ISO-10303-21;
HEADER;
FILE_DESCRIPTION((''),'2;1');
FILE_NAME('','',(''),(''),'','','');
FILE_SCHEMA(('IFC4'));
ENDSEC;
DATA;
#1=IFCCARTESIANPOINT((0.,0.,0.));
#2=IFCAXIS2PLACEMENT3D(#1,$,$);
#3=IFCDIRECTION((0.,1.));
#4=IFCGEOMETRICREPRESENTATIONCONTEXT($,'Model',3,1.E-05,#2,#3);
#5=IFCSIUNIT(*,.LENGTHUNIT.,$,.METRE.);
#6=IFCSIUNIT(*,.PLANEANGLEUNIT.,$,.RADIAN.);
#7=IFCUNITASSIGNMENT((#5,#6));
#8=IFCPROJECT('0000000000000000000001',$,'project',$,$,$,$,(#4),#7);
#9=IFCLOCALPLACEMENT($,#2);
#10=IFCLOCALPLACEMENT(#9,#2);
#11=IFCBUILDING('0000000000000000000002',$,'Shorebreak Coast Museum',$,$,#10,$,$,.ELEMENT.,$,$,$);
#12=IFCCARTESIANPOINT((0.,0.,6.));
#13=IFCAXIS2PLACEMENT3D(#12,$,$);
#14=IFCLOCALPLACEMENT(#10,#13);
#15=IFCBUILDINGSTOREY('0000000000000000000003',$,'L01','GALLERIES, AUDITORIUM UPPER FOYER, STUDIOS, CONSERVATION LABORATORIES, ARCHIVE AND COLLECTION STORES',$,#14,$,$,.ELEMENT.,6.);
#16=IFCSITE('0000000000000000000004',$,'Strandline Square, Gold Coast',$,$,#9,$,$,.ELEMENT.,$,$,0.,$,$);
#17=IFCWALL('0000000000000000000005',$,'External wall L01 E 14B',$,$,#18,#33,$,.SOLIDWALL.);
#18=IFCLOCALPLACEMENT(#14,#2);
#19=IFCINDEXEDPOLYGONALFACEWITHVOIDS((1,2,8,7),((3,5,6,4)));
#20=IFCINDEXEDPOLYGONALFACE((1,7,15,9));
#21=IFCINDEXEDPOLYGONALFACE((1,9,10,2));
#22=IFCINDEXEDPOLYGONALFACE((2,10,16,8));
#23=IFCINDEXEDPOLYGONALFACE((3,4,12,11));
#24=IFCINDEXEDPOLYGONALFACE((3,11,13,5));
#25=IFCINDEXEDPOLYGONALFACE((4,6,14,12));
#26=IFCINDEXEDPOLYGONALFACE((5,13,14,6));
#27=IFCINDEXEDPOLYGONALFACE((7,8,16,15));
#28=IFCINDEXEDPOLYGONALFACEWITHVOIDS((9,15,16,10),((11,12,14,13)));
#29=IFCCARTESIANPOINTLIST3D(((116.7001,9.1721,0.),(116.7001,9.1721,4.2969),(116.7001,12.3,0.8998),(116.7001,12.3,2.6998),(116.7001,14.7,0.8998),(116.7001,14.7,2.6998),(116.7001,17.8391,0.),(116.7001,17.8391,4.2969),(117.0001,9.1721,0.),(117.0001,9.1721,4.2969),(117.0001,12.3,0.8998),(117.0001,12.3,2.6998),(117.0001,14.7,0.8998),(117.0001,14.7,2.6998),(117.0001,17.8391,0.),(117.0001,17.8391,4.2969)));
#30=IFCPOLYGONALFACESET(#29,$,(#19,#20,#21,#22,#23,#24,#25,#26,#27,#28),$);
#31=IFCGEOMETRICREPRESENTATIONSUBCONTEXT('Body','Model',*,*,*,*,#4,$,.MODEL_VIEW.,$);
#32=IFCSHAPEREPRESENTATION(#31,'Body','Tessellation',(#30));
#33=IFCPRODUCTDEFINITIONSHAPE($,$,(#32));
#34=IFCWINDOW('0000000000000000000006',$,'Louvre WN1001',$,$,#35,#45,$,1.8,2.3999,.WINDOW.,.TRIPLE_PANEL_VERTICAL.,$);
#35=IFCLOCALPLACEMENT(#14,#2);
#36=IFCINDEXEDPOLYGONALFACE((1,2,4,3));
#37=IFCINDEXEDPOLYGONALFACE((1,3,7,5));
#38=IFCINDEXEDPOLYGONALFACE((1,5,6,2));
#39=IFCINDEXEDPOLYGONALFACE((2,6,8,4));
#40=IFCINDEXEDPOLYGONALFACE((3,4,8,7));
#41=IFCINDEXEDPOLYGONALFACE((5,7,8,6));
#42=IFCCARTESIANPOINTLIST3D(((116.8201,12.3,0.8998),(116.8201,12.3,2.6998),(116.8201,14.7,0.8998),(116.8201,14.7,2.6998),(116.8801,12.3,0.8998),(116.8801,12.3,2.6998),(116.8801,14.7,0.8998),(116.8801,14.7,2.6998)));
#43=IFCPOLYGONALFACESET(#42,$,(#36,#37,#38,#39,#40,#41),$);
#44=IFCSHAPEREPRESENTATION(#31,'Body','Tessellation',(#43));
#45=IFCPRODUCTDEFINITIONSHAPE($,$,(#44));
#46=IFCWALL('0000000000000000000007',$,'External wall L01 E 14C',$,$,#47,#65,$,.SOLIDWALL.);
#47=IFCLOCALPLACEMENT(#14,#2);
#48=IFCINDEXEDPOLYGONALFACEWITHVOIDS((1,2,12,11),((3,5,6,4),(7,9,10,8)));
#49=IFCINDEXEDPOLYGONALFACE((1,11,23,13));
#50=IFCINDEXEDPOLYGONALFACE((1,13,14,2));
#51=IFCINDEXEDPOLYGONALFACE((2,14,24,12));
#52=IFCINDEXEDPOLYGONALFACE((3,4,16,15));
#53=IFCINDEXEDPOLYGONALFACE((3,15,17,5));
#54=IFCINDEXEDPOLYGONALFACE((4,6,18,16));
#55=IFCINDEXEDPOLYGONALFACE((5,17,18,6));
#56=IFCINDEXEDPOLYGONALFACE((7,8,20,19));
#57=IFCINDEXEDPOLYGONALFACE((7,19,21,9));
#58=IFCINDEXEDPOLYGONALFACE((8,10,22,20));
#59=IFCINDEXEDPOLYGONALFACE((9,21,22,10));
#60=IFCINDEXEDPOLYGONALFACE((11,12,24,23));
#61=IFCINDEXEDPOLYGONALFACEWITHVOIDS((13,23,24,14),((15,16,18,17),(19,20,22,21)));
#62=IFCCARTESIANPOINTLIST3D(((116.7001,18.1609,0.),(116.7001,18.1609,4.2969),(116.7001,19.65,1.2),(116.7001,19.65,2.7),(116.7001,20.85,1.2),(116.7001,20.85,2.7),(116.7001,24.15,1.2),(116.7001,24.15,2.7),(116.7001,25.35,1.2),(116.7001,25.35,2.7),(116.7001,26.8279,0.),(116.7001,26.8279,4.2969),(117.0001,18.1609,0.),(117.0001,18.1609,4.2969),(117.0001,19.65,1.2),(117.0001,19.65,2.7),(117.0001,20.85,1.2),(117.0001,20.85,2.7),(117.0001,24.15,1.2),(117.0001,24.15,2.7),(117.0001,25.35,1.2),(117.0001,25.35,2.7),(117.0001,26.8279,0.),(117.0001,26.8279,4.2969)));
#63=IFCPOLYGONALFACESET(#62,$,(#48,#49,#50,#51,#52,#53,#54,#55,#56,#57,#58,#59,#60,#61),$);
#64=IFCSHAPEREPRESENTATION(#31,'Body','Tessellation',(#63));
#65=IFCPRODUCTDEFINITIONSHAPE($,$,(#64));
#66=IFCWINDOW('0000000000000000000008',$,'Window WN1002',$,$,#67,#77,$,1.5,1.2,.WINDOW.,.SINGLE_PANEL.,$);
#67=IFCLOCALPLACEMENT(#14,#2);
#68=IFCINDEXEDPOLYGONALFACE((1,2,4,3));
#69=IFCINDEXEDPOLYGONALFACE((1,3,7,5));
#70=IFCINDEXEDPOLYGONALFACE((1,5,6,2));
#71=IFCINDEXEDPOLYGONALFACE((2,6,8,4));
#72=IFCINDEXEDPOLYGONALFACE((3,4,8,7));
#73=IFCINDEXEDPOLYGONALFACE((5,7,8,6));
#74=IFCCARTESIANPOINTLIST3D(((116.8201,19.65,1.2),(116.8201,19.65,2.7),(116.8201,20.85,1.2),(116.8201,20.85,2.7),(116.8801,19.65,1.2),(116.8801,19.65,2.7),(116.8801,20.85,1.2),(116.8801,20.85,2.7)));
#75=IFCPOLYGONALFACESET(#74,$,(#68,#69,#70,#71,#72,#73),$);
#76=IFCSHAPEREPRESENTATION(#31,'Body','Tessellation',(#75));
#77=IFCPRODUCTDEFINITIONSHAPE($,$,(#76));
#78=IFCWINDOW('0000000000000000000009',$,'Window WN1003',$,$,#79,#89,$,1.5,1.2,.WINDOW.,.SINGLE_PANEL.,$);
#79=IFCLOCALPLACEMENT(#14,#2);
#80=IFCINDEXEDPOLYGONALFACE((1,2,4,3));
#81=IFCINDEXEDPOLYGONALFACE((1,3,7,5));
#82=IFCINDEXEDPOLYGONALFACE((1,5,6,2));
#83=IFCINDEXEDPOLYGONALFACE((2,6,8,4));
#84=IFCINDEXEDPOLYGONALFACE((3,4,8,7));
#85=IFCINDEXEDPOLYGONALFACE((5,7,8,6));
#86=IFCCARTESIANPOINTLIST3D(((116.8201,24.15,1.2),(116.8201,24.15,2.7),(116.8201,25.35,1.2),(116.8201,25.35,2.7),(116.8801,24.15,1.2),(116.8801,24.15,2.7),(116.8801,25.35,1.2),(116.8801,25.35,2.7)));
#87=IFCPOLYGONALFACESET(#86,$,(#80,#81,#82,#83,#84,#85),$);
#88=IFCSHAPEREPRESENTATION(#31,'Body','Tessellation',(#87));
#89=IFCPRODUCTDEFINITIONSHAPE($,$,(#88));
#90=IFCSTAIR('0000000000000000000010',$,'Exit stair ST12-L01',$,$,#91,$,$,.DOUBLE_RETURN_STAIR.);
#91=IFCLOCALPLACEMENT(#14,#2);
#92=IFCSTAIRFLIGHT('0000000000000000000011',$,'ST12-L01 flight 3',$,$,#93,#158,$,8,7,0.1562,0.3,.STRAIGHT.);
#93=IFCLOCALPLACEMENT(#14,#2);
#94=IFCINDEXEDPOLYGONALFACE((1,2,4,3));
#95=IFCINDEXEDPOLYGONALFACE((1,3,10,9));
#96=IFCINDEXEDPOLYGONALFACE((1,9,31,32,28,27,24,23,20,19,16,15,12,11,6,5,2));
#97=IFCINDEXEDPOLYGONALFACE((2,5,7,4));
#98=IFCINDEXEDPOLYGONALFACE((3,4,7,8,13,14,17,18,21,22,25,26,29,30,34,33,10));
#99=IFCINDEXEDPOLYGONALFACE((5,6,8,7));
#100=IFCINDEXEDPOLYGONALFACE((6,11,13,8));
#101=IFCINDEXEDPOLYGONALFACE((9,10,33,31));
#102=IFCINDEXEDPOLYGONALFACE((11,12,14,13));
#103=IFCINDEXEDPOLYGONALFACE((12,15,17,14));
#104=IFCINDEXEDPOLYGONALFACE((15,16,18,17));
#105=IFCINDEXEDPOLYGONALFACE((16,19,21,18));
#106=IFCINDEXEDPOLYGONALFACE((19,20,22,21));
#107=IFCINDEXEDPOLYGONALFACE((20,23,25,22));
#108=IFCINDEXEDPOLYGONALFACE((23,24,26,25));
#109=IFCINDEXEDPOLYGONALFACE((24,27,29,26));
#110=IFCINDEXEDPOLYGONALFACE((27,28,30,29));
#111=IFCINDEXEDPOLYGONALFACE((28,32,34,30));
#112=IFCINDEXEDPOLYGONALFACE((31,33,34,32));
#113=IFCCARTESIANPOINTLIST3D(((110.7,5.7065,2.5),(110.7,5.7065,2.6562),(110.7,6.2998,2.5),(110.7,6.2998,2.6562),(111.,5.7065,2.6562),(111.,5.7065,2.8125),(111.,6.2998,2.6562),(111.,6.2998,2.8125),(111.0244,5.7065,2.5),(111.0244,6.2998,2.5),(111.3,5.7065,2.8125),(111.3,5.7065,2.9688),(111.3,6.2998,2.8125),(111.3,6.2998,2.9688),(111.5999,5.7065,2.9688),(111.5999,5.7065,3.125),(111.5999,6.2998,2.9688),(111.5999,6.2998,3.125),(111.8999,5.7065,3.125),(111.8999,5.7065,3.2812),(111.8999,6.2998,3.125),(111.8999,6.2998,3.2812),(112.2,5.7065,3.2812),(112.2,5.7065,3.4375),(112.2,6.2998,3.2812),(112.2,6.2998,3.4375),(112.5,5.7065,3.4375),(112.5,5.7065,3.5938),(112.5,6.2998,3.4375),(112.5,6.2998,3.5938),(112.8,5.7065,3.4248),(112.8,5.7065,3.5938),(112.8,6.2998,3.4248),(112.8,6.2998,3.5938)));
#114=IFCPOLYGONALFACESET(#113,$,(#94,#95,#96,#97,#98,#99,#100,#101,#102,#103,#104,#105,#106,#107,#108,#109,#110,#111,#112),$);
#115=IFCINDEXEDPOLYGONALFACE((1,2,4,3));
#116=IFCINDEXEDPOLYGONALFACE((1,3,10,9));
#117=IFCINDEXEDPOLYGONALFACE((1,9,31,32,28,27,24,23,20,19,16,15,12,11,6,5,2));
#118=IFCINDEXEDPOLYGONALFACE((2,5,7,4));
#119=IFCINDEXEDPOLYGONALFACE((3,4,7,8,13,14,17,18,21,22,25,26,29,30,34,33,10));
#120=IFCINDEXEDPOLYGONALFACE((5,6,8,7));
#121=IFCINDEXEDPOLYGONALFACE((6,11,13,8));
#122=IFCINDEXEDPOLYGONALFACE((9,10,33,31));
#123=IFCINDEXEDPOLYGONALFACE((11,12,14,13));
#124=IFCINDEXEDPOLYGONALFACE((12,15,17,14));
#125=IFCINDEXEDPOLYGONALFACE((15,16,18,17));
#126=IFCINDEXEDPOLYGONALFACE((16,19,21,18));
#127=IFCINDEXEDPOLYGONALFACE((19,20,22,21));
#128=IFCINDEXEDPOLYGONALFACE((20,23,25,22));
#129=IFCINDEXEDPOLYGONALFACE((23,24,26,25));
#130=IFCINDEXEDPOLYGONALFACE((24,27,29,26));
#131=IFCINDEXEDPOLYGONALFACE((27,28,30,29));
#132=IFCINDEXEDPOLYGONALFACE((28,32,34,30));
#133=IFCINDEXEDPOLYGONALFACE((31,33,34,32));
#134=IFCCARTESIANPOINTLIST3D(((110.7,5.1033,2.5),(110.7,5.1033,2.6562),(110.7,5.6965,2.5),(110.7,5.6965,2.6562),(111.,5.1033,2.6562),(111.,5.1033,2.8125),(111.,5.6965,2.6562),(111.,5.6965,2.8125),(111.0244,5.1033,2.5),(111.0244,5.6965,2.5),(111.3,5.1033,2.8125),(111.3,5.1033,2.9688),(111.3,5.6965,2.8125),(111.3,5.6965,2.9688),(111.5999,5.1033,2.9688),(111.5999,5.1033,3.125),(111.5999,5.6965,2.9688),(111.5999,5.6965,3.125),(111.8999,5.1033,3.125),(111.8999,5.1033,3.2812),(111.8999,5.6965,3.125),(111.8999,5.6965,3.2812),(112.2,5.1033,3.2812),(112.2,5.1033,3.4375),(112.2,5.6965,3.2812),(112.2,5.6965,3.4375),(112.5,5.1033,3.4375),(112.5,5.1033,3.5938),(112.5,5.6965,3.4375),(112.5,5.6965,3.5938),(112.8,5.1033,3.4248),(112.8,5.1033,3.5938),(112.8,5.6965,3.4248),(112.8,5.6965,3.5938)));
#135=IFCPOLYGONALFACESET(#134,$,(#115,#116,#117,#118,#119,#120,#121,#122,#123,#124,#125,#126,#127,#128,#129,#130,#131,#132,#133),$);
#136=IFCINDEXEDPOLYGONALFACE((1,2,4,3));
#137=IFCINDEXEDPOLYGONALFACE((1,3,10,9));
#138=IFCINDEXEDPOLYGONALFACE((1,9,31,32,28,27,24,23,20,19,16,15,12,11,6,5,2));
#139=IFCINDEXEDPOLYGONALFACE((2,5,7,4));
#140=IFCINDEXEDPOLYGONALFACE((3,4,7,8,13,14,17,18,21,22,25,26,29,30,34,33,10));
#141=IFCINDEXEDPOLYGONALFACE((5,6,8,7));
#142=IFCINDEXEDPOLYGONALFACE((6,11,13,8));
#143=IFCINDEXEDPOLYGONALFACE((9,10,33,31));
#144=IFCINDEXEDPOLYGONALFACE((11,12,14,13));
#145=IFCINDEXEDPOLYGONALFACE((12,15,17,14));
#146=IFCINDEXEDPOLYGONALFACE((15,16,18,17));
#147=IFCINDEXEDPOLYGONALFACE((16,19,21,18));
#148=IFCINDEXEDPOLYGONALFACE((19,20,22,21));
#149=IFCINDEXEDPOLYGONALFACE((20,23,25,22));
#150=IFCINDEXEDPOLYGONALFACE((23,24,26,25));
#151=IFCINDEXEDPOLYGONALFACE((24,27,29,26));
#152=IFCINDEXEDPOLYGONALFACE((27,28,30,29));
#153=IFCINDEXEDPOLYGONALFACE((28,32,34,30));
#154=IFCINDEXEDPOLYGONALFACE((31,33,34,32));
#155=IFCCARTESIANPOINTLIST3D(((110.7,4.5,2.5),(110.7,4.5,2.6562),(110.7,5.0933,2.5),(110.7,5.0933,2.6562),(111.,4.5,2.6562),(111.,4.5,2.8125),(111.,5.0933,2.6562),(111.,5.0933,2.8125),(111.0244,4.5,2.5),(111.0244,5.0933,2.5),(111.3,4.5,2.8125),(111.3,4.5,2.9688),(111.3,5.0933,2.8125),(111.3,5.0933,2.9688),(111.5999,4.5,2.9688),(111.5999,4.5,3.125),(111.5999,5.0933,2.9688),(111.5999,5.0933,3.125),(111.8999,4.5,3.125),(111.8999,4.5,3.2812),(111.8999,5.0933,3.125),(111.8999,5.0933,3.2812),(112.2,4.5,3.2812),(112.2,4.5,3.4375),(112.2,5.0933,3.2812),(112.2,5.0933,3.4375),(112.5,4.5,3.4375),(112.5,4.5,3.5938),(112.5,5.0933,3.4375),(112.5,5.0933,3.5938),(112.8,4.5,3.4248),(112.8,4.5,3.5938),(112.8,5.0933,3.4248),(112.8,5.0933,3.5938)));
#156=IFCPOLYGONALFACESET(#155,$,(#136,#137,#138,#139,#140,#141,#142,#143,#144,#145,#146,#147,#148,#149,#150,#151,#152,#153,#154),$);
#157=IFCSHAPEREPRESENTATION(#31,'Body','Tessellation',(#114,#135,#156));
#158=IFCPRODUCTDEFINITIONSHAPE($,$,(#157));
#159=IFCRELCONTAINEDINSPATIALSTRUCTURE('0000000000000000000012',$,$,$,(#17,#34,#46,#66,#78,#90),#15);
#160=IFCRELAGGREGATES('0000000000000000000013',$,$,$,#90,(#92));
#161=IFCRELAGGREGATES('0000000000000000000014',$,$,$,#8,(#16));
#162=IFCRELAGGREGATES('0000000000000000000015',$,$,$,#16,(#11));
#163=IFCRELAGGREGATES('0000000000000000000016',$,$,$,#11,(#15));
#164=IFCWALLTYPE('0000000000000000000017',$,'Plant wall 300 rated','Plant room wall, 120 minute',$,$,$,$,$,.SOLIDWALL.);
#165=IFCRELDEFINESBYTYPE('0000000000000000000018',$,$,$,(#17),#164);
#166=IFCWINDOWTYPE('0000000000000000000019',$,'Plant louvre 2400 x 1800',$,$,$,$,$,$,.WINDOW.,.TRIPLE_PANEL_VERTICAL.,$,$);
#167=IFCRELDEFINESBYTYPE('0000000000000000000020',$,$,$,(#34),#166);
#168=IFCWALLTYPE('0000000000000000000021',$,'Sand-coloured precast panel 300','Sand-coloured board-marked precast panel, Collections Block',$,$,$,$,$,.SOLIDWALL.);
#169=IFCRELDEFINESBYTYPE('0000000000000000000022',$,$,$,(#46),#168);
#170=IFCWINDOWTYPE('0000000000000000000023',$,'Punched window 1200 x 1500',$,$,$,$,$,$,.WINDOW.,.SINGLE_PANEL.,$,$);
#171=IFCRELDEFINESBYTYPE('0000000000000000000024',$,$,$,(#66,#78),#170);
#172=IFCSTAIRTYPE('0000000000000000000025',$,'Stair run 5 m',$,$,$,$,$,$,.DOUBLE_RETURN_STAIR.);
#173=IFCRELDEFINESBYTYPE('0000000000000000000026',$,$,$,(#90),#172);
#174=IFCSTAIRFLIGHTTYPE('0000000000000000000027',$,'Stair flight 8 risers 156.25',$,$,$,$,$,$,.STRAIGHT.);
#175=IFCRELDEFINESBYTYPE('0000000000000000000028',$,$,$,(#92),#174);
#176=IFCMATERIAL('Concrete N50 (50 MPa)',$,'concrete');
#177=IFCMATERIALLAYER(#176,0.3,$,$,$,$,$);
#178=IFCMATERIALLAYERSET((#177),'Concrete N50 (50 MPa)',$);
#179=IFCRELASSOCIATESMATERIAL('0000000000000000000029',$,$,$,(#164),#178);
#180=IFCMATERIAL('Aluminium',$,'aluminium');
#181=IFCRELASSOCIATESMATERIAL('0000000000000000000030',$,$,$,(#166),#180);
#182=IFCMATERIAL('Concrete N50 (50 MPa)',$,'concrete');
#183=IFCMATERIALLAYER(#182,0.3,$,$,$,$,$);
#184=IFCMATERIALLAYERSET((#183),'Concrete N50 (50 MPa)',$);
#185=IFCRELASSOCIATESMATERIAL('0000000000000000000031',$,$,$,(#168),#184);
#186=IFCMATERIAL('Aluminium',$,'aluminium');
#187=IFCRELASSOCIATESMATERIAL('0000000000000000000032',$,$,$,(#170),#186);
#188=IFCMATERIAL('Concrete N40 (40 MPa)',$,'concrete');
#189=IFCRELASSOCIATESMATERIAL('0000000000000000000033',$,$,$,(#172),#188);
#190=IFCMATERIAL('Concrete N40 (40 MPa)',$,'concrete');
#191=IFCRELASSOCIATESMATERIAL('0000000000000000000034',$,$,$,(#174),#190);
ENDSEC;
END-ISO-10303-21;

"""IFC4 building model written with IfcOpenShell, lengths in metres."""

from ifc_helpers import new_model, si_unit, direction, frame, frame_2d, origin, place, context, subcontext, project, spatial, polyline, rectangle, outline, extrude, material, layer, layer_set, type_object, element, fill, aggregate, save


model = new_model("IFC4")

# Units and contexts
model_context = context("Model", 3, precision=1e-05, world=origin(), true_north=direction((0.0, 1.0)))
body_context = subcontext(model_context, "Body", "Model", "MODEL_VIEW")
ifc_project = project(units=[si_unit("LENGTHUNIT", "METRE"), si_unit("PLANEANGLEUNIT", "RADIAN")], contexts=[model_context])

# Site, building, storey
site_placement = place(None, origin())
site = spatial("IfcSite", under=ifc_project, at=site_placement, Name="Strandline Square, Gold Coast", CompositionType="ELEMENT", RefElevation=0.0)
building_placement = place(site_placement, origin())
building = spatial("IfcBuilding", under=site, at=building_placement, Name="Shorebreak Coast Museum", CompositionType="ELEMENT")
storey_placement = place(building_placement, frame((0.0, 0.0, 6.0)))
storey = spatial("IfcBuildingStorey", under=building, at=storey_placement, Name="L01", Description="GALLERIES, AUDITORIUM UPPER FOYER, STUDIOS, CONSERVATION LABORATORIES, ARCHIVE AND COLLECTION STORES", CompositionType="ELEMENT", Elevation=6.0)

# Wall, opening, window
ifc_material_1 = material(Name="Concrete N50 (50 MPa)", Category="concrete")
ifc_layer_1 = layer(ifc_material_1, 0.3)
ifc_layer_set_1 = layer_set([ifc_layer_1], Name="Concrete N50 (50 MPa)")
wall_type_1 = type_object("IfcWallType", Name="Plant wall 300 rated", Description="Plant room wall, 120 minute", PredefinedType="SOLIDWALL", material=ifc_layer_set_1)
wall_1_placement = place(storey_placement, frame((116.8501, 9.1721, 0.0), z_axis=(0.0, 0.0, 1.0), x_axis=(0.0, 1.0, 0.0)))
wall_1 = element("IfcWall", 1, at=wall_1_placement, inside=storey, type_object=wall_type_1, Name="External wall L01 E 14B", PredefinedType="SOLIDWALL", context=body_context, shape_type="SweptSolid", body=[
    extrude(rectangle(XDim=8.667, YDim=0.3, at=frame_2d((4.3335, 0.0))), origin(), (0.0, 0.0, 1.0), 4.2969),
])
opening_1_placement = place(wall_1_placement, frame((3.1279, 0.0, 0.8999)))
opening_1 = element("IfcOpeningElement", 2, at=opening_1_placement, cuts=wall_1, PredefinedType="OPENING", context=body_context, shape_type="SweptSolid", body=[
    extrude(rectangle(XDim=2.3999, YDim=1.8, at=frame_2d((1.2, 0.8999))), frame((0.0, 0.1599, 0.0), z_axis=(0.0, -1.0, 0.0), x_axis=(1.0, 0.0, 0.0)), (0.0, 0.0, 1.0), 0.3201),
])
ifc_material_2 = material(Name="Aluminium", Category="aluminium")
window_type_1 = type_object("IfcWindowType", Name="Plant louvre 2400 x 1800", PartitioningType="TRIPLE_PANEL_VERTICAL", PredefinedType="WINDOW", material=ifc_material_2)
window_1_placement = place(opening_1_placement, origin())
window_1 = element("IfcWindow", 3, at=window_1_placement, inside=storey, type_object=window_type_1, Name="Louvre WN1001", OverallHeight=1.8, OverallWidth=2.3999, PartitioningType="TRIPLE_PANEL_VERTICAL", PredefinedType="WINDOW", context=body_context, shape_type="SweptSolid", body=[
    extrude(rectangle(XDim=2.3999, YDim=1.8, at=frame_2d((1.2, 0.8999))), frame((0.0, 0.03, 0.0), z_axis=(0.0, -1.0, 0.0), x_axis=(1.0, 0.0, 0.0)), (0.0, 0.0, 1.0), 0.0601),
])
fill(opening_1, window_1)

# Wall, openings, windows
ifc_material_3 = material(Name="Concrete N50 (50 MPa)", Category="concrete")
ifc_layer_2 = layer(ifc_material_3, 0.3)
ifc_layer_set_2 = layer_set([ifc_layer_2], Name="Concrete N50 (50 MPa)")
wall_type_2 = type_object("IfcWallType", Name="Sand-coloured precast panel 300", Description="Sand-coloured board-marked precast panel, Collections Block", PredefinedType="SOLIDWALL", material=ifc_layer_set_2)
wall_2_placement = place(storey_placement, frame((116.8501, 18.1609, 0.0), z_axis=(0.0, 0.0, 1.0), x_axis=(0.0, 1.0, 0.0)))
wall_2 = element("IfcWall", 4, at=wall_2_placement, inside=storey, type_object=wall_type_2, Name="External wall L01 E 14C", PredefinedType="SOLIDWALL", context=body_context, shape_type="SweptSolid", body=[
    extrude(rectangle(XDim=8.667, YDim=0.3, at=frame_2d((4.3335, 0.0))), origin(), (0.0, 0.0, 1.0), 4.2969),
])
opening_2_placement = place(wall_2_placement, frame((1.489, 0.0, 1.2)))
opening_2 = element("IfcOpeningElement", 5, at=opening_2_placement, cuts=wall_2, PredefinedType="OPENING", context=body_context, shape_type="SweptSolid", body=[
    extrude(rectangle(XDim=1.2, YDim=1.5, at=frame_2d((0.6001, 0.75))), frame((0.0, 0.1599, 0.0), z_axis=(0.0, -1.0, 0.0), x_axis=(1.0, 0.0, 0.0)), (0.0, 0.0, 1.0), 0.3201),
])
opening_3_placement = place(wall_2_placement, frame((5.989, 0.0, 1.2)))
opening_3 = element("IfcOpeningElement", 6, at=opening_3_placement, cuts=wall_2, PredefinedType="OPENING", context=body_context, shape_type="SweptSolid", body=[
    extrude(rectangle(XDim=1.2, YDim=1.5, at=frame_2d((0.6001, 0.75))), frame((0.0, 0.1599, 0.0), z_axis=(0.0, -1.0, 0.0), x_axis=(1.0, 0.0, 0.0)), (0.0, 0.0, 1.0), 0.3201),
])
ifc_material_4 = material(Name="Aluminium", Category="aluminium")
window_type_2 = type_object("IfcWindowType", Name="Punched window 1200 x 1500", PartitioningType="SINGLE_PANEL", PredefinedType="WINDOW", material=ifc_material_4)
window_2_placement = place(opening_2_placement, origin())
window_2 = element("IfcWindow", 7, at=window_2_placement, inside=storey, type_object=window_type_2, Name="Window WN1002", OverallHeight=1.5, OverallWidth=1.2, PartitioningType="SINGLE_PANEL", PredefinedType="WINDOW", context=body_context, shape_type="SweptSolid", body=[
    extrude(rectangle(XDim=1.2, YDim=1.5, at=frame_2d((0.6001, 0.75))), frame((0.0, 0.03, 0.0), z_axis=(0.0, -1.0, 0.0), x_axis=(1.0, 0.0, 0.0)), (0.0, 0.0, 1.0), 0.0601),
])
fill(opening_2, window_2)
window_3_placement = place(opening_3_placement, origin())
window_3 = element("IfcWindow", 8, at=window_3_placement, inside=storey, type_object=window_type_2, Name="Window WN1003", OverallHeight=1.5, OverallWidth=1.2, PartitioningType="SINGLE_PANEL", PredefinedType="WINDOW", context=body_context, shape_type="SweptSolid", body=[
    extrude(rectangle(XDim=1.2, YDim=1.5, at=frame_2d((0.6001, 0.75))), frame((0.0, 0.03, 0.0), z_axis=(0.0, -1.0, 0.0), x_axis=(1.0, 0.0, 0.0)), (0.0, 0.0, 1.0), 0.0601),
])
fill(opening_3, window_3)

# Stair, stair flight
ifc_material_5 = material(Name="Concrete N40 (40 MPa)", Category="concrete")
stair_type = type_object("IfcStairType", Name="Stair run 5 m", PredefinedType="DOUBLE_RETURN_STAIR", material=ifc_material_5)
stair_placement = place(storey_placement, origin())
stair = element("IfcStair", 9, at=stair_placement, inside=storey, type_object=stair_type, Name="Exit stair ST12-L01", PredefinedType="DOUBLE_RETURN_STAIR")
ifc_material_6 = material(Name="Concrete N40 (40 MPa)", Category="concrete")
stair_flight_type = type_object("IfcStairFlightType", Name="Stair flight 8 risers 156.25", PredefinedType="STRAIGHT", material=ifc_material_6)
stair_flight_1_placement = place(storey_placement, frame((110.7, 5.3999, 2.5), z_axis=(0.0, 0.0, 1.0), x_axis=(1.0, 0.0, 0.0)))
stair_flight_1 = element("IfcStairFlight", 10, at=stair_flight_1_placement, type_object=stair_flight_type, Name="ST12-L01 flight 3", NumberOfRisers=8, NumberOfTreads=7, PredefinedType="STRAIGHT", RiserHeight=0.1562, TreadLength=0.3, context=body_context, shape_type="SweptSolid", body=[
    extrude(outline(polyline([(0.0, 0.0), (0.0, 0.1562), (0.3, 0.1562), (0.3, 0.3125), (0.6001, 0.3125), (0.6001, 0.4688), (0.8999, 0.4688), (0.8999, 0.625), (1.2, 0.625), (1.2, 0.7812), (1.5, 0.7812), (1.5, 0.9375), (1.8, 0.9375), (1.8, 1.0938), (2.1001, 1.0938), (2.1001, 1.25), (2.1001, 0.9248), (0.3245, 0.0), (0.0, 0.0)])), frame((0.0, 0.8999, 0.0), z_axis=(0.0, -1.0, 0.0), x_axis=(1.0, 0.0, 0.0)), (0.0, 0.0, 1.0), 0.5933),
    extrude(outline(polyline([(0.0, 0.0), (0.0, 0.1562), (0.3, 0.1562), (0.3, 0.3125), (0.6001, 0.3125), (0.6001, 0.4688), (0.8999, 0.4688), (0.8999, 0.625), (1.2, 0.625), (1.2, 0.7812), (1.5, 0.7812), (1.5, 0.9375), (1.8, 0.9375), (1.8, 1.0938), (2.1001, 1.0938), (2.1001, 1.25), (2.1001, 0.9248), (0.3245, 0.0), (0.0, 0.0)])), frame((0.0, 0.2966, 0.0), z_axis=(0.0, -1.0, 0.0), x_axis=(1.0, 0.0, 0.0)), (0.0, 0.0, 1.0), 0.5933),
    extrude(outline(polyline([(0.0, 0.0), (0.0, 0.1562), (0.3, 0.1562), (0.3, 0.3125), (0.6001, 0.3125), (0.6001, 0.4688), (0.8999, 0.4688), (0.8999, 0.625), (1.2, 0.625), (1.2, 0.7812), (1.5, 0.7812), (1.5, 0.9375), (1.8, 0.9375), (1.8, 1.0938), (2.1001, 1.0938), (2.1001, 1.25), (2.1001, 0.9248), (0.3245, 0.0), (0.0, 0.0)])), frame((0.0, -0.3066, 0.0), z_axis=(0.0, -1.0, 0.0), x_axis=(1.0, 0.0, 0.0)), (0.0, 0.0, 1.0), 0.5933),
])
aggregate(stair, [stair_flight_1])

save(model, "model.ifc")
